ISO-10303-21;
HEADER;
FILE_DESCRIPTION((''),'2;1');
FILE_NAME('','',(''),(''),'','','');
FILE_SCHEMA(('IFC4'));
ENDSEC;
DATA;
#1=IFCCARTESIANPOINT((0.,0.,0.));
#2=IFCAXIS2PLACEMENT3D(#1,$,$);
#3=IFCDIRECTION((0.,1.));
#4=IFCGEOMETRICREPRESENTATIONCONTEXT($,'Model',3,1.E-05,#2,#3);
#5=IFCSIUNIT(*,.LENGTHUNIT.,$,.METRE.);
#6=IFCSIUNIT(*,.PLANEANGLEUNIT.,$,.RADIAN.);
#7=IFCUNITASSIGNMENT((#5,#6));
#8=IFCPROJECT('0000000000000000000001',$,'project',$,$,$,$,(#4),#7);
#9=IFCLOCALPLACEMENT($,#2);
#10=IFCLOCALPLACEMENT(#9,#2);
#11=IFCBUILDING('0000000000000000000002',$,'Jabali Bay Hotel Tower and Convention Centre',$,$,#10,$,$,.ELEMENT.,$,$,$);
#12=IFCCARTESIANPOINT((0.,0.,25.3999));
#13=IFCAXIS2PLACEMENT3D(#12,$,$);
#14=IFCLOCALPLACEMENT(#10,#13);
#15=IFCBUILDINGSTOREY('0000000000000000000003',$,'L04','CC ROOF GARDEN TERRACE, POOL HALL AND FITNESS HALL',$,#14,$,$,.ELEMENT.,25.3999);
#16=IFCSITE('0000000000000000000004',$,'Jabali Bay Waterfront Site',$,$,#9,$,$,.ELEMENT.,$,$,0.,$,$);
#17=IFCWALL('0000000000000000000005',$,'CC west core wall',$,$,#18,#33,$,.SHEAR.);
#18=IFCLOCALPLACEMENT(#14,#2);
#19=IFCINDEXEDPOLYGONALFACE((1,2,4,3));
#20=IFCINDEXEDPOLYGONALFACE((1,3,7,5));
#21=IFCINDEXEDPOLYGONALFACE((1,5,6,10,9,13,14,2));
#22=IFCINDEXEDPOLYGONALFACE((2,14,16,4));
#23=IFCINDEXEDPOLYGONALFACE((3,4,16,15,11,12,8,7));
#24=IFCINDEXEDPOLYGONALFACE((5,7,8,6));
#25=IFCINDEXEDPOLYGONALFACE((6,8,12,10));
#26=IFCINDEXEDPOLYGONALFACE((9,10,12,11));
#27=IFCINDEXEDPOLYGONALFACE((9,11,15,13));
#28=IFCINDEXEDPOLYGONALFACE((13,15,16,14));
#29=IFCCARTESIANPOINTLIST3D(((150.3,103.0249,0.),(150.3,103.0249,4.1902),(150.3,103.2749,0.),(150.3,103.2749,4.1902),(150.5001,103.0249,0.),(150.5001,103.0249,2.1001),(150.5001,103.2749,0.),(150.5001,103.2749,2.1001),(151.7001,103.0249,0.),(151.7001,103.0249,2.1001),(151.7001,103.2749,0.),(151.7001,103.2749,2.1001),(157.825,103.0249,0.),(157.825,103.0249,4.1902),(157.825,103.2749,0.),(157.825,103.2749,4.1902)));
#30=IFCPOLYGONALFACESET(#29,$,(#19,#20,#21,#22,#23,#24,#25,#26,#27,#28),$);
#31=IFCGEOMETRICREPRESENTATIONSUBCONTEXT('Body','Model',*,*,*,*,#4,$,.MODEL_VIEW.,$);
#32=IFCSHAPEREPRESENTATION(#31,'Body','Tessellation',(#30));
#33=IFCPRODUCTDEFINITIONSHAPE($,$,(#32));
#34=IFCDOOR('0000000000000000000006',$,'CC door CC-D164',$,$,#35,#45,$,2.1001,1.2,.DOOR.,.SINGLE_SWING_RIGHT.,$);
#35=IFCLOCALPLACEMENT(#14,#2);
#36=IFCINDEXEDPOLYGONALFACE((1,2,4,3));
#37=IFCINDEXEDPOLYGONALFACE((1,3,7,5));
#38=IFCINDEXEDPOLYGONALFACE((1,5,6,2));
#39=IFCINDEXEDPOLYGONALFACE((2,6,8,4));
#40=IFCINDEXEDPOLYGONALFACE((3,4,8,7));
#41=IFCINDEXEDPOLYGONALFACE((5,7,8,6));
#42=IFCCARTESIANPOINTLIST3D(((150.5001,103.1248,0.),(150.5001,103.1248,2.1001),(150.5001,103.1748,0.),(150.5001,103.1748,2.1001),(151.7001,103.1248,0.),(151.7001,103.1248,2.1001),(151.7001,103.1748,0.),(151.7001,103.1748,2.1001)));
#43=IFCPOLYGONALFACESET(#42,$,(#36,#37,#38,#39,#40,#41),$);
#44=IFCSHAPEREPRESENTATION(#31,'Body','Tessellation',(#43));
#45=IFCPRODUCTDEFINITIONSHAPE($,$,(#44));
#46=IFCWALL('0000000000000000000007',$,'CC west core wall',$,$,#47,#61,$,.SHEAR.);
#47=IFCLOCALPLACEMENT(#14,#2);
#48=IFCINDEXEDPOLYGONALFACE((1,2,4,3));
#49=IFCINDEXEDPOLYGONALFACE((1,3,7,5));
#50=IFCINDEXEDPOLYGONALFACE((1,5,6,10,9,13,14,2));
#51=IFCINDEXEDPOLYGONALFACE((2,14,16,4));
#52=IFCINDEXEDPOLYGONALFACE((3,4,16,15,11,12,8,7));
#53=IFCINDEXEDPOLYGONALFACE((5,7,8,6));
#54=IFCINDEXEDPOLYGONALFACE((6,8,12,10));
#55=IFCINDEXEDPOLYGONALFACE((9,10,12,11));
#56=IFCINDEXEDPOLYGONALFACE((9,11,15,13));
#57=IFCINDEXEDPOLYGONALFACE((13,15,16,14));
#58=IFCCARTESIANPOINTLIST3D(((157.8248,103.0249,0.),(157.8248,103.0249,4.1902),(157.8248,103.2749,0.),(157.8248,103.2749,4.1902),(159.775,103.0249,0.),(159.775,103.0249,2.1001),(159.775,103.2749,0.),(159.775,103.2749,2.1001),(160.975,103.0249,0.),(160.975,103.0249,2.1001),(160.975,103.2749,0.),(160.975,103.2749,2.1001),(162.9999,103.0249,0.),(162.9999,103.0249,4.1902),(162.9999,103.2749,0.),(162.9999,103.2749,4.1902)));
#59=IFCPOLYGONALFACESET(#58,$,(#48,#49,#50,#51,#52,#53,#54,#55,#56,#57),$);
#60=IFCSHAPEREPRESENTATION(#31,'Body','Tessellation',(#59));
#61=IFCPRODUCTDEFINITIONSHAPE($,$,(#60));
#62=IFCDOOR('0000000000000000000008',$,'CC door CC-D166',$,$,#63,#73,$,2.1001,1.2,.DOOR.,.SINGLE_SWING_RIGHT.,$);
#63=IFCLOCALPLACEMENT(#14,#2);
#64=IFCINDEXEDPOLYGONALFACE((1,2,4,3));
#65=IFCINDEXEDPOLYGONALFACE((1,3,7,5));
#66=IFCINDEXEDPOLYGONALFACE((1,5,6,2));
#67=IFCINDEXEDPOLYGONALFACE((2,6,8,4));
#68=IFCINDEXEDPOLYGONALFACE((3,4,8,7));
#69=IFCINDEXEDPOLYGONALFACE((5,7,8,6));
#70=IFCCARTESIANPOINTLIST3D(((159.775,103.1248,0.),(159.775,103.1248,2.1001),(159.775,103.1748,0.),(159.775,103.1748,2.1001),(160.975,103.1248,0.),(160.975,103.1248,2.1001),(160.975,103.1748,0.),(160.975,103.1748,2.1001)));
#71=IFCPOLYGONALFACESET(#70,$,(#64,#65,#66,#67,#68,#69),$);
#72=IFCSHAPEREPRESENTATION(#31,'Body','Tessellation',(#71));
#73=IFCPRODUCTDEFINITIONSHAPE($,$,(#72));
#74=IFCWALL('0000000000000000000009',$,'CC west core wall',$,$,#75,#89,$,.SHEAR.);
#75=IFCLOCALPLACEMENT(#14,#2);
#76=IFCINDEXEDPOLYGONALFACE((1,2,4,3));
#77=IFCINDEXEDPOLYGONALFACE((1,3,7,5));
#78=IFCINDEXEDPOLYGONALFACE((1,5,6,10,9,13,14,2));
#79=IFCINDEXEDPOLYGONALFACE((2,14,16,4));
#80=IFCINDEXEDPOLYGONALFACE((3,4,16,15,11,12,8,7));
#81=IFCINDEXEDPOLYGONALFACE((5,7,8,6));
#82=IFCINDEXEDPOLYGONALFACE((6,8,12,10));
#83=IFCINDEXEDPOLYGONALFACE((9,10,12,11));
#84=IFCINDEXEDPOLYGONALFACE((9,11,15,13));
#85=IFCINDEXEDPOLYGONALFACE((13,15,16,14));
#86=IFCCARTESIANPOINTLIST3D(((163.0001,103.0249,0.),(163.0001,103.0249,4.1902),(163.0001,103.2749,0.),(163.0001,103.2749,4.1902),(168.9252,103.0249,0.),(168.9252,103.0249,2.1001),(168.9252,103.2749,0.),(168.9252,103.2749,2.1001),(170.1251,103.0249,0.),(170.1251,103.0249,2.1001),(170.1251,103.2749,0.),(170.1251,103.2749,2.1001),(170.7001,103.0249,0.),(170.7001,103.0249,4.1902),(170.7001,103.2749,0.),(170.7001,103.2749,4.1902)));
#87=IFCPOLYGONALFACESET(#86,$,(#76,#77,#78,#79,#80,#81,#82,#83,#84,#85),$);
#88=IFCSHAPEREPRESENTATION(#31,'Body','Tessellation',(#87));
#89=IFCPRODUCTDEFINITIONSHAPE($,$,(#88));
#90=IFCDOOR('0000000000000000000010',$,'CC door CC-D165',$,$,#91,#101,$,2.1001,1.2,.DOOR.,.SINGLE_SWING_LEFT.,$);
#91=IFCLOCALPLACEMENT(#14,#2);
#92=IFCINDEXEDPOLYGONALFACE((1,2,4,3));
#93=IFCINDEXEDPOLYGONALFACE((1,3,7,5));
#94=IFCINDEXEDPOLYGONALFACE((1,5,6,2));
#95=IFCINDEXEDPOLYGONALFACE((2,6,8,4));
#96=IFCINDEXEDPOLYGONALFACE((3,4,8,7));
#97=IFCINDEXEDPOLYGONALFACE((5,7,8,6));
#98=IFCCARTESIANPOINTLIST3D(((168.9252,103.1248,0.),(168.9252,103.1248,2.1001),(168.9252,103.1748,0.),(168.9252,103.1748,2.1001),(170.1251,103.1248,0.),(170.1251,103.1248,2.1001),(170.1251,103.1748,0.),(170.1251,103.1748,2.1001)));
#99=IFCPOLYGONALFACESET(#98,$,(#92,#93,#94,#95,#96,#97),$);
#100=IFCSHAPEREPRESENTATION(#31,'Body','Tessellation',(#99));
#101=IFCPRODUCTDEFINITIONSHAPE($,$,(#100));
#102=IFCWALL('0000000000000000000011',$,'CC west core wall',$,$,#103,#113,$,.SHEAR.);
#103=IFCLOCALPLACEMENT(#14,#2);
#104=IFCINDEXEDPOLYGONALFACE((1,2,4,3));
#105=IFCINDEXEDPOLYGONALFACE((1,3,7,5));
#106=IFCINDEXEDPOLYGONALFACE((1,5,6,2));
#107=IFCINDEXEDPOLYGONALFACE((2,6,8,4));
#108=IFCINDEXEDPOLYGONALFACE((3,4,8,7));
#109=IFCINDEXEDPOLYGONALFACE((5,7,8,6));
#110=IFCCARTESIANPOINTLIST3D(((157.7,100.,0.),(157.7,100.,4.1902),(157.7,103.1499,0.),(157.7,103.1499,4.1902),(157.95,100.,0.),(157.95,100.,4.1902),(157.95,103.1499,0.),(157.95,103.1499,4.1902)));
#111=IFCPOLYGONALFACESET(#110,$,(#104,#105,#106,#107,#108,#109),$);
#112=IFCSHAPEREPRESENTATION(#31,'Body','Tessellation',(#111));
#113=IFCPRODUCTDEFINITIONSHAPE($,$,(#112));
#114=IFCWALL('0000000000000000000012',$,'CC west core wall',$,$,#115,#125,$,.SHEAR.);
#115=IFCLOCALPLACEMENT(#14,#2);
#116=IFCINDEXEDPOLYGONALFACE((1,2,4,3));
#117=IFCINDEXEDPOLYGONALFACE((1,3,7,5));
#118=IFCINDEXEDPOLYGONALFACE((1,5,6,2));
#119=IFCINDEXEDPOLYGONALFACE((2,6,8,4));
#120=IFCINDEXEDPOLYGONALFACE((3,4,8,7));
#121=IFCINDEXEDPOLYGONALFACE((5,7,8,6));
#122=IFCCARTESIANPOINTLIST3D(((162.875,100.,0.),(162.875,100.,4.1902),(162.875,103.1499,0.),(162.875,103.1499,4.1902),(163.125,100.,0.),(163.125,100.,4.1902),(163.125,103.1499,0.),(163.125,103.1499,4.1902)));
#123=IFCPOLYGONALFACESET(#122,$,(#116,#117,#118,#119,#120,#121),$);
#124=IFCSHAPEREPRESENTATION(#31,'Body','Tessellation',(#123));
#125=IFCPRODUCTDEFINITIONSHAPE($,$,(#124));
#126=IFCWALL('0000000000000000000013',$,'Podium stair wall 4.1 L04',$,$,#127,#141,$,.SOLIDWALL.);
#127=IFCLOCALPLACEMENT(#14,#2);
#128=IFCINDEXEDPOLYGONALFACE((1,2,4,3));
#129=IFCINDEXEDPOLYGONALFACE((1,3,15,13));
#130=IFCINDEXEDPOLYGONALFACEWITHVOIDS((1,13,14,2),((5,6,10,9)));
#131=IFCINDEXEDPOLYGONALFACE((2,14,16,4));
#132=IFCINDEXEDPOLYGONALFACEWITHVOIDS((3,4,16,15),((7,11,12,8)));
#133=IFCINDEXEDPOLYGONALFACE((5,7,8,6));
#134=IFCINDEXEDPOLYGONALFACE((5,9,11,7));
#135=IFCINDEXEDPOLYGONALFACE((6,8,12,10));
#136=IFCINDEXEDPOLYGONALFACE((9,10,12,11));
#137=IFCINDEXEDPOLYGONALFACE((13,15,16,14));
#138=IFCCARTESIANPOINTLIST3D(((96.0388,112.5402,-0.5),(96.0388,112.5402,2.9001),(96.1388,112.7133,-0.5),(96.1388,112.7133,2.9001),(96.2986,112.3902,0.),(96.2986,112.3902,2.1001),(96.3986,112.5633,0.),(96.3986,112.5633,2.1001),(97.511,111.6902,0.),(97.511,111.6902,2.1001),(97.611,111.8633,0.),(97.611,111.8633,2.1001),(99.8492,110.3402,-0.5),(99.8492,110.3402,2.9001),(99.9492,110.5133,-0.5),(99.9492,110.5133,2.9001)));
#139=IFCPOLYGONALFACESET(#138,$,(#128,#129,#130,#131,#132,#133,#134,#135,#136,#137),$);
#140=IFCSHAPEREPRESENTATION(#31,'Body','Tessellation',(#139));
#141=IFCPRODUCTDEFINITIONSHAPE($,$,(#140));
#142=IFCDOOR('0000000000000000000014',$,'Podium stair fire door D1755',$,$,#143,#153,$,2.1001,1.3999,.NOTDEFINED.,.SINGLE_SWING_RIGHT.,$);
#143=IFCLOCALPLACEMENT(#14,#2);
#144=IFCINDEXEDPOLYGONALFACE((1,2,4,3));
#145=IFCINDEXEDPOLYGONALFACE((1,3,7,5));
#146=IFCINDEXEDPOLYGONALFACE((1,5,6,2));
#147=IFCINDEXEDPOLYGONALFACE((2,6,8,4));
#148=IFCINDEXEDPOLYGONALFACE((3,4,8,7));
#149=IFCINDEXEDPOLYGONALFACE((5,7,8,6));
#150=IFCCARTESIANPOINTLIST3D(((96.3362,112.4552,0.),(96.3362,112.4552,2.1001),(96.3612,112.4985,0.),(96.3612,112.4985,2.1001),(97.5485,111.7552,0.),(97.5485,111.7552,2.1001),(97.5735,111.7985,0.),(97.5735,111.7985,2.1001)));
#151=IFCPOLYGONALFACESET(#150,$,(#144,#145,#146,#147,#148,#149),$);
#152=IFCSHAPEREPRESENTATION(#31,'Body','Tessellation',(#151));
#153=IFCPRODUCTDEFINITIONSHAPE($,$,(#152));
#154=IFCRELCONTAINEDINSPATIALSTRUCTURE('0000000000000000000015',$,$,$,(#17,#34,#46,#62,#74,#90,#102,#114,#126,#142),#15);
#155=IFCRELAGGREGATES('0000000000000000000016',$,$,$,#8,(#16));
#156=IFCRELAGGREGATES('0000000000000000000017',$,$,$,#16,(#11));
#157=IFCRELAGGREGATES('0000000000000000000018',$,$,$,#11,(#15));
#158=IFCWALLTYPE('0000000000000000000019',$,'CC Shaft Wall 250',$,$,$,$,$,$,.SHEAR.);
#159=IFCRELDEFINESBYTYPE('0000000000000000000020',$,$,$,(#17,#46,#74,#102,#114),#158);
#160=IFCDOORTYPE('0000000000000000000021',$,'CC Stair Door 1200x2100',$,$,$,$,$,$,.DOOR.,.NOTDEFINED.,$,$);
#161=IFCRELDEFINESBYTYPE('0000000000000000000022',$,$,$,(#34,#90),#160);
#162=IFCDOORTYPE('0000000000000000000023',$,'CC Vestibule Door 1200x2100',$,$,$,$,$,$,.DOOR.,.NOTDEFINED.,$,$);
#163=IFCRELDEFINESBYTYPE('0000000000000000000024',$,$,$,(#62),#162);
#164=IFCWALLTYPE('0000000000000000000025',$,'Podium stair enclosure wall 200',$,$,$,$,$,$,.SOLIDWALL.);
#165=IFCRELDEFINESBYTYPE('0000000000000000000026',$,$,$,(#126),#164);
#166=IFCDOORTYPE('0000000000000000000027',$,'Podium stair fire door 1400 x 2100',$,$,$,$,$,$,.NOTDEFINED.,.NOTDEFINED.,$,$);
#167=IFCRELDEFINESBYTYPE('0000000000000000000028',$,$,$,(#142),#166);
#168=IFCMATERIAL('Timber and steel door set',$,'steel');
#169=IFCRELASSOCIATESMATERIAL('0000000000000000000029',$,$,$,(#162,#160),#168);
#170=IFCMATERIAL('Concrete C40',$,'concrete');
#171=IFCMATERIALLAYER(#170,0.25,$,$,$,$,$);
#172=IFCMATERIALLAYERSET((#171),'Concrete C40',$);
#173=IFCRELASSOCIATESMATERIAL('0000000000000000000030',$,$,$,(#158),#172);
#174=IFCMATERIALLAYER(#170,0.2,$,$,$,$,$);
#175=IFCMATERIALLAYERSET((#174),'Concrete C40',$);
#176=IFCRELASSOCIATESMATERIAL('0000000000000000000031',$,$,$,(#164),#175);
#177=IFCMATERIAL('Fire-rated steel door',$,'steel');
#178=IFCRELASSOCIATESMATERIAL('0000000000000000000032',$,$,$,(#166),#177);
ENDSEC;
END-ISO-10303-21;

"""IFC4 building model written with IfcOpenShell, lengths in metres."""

from ifc_helpers import new_model, si_unit, direction, frame, frame_2d, origin, place, context, subcontext, project, spatial, rectangle, extrude, material, layer, layer_set, type_object, element, fill, save


model = new_model("IFC4")

# Units and contexts
model_context = context("Model", 3, precision=1e-05, world=origin(), true_north=direction((0.0, 1.0)))
body_context = subcontext(model_context, "Body", "Model", "MODEL_VIEW")
ifc_project = project(units=[si_unit("LENGTHUNIT", "METRE"), si_unit("PLANEANGLEUNIT", "RADIAN")], contexts=[model_context])

# Site, building, storey
site_placement = place(None, origin())
site = spatial("IfcSite", under=ifc_project, at=site_placement, Name="Jabali Bay Waterfront Site", CompositionType="ELEMENT", RefElevation=0.0)
building_placement = place(site_placement, origin())
building = spatial("IfcBuilding", under=site, at=building_placement, Name="Jabali Bay Hotel Tower and Convention Centre", CompositionType="ELEMENT")
storey_placement = place(building_placement, frame((0.0, 0.0, 25.3999)))
storey = spatial("IfcBuildingStorey", under=building, at=storey_placement, Name="L04", Description="CC ROOF GARDEN TERRACE, POOL HALL AND FITNESS HALL", CompositionType="ELEMENT", Elevation=25.3999)

# Shared definitions
ifc_material_1 = material(Name="Timber and steel door set", Category="steel")
door_type_1 = type_object("IfcDoorType", Name="CC Vestibule Door 1200x2100", OperationType="NOTDEFINED", PredefinedType="DOOR", material=ifc_material_1)

# Shared definitions
ifc_material_2 = material(Name="Concrete C40", Category="concrete")

# Walls, openings, doors
ifc_layer_1 = layer(ifc_material_2, 0.25)
ifc_layer_set_1 = layer_set([ifc_layer_1], Name="Concrete C40")
wall_type_1 = type_object("IfcWallType", Name="CC Shaft Wall 250", PredefinedType="SHEAR", material=ifc_layer_set_1)
wall_1_placement = place(storey_placement, frame((150.3, 103.1499, 0.0), z_axis=(0.0, 0.0, 1.0), x_axis=(1.0, 0.0, 0.0)))
wall_1 = element("IfcWall", 1, at=wall_1_placement, inside=storey, type_object=wall_type_1, Name="CC west core wall", PredefinedType="SHEAR", context=body_context, shape_type="SweptSolid", body=[
    extrude(rectangle(XDim=7.5249, YDim=0.25, at=frame_2d((3.7625, 0.0))), origin(), (0.0, 0.0, 1.0), 4.1902),
])
opening_1_placement = place(wall_1_placement, frame((0.2, 0.0, 0.0)))
opening_1 = element("IfcOpeningElement", 2, at=opening_1_placement, cuts=wall_1, PredefinedType="OPENING", context=body_context, shape_type="SweptSolid", body=[
    extrude(rectangle(XDim=1.2, YDim=2.1001, at=frame_2d((0.6001, 1.05))), frame((0.0, 0.1355, 0.0), z_axis=(0.0, -1.0, 0.0), x_axis=(1.0, 0.0, 0.0)), (0.0, 0.0, 1.0), 0.271),
])
door_type_2 = type_object("IfcDoorType", Name="CC Stair Door 1200x2100", OperationType="NOTDEFINED", PredefinedType="DOOR", material=ifc_material_1)
door_1_placement = place(opening_1_placement, origin())
door_1 = element("IfcDoor", 3, at=door_1_placement, inside=storey, type_object=door_type_2, Name="CC door CC-D164", OperationType="SINGLE_SWING_RIGHT", OverallHeight=2.1001, OverallWidth=1.2, PredefinedType="DOOR", context=body_context, shape_type="SweptSolid", body=[
    extrude(rectangle(XDim=1.2, YDim=2.1001, at=frame_2d((0.6001, 1.05))), frame((0.0, 0.0249, 0.0), z_axis=(0.0, -1.0, 0.0), x_axis=(1.0, 0.0, 0.0)), (0.0, 0.0, 1.0), 0.05),
])
fill(opening_1, door_1)
wall_2_placement = place(storey_placement, frame((157.825, 103.1499, 0.0), z_axis=(0.0, 0.0, 1.0), x_axis=(1.0, 0.0, 0.0)))
wall_2 = element("IfcWall", 4, at=wall_2_placement, inside=storey, type_object=wall_type_1, Name="CC west core wall", PredefinedType="SHEAR", context=body_context, shape_type="SweptSolid", body=[
    extrude(rectangle(XDim=5.175, YDim=0.25, at=frame_2d((2.5874, 0.0))), origin(), (0.0, 0.0, 1.0), 4.1902),
])
opening_2_placement = place(wall_2_placement, frame((1.95, 0.0, 0.0)))
opening_2 = element("IfcOpeningElement", 5, at=opening_2_placement, cuts=wall_2, PredefinedType="OPENING", context=body_context, shape_type="SweptSolid", body=[
    extrude(rectangle(XDim=1.2, YDim=2.1001, at=frame_2d((0.6001, 1.05))), frame((0.0, 0.1355, 0.0), z_axis=(0.0, -1.0, 0.0), x_axis=(1.0, 0.0, 0.0)), (0.0, 0.0, 1.0), 0.271),
])
door_2_placement = place(opening_2_placement, origin())
door_2 = element("IfcDoor", 6, at=door_2_placement, inside=storey, type_object=door_type_1, Name="CC door CC-D166", OperationType="SINGLE_SWING_RIGHT", OverallHeight=2.1001, OverallWidth=1.2, PredefinedType="DOOR", context=body_context, shape_type="SweptSolid", body=[
    extrude(rectangle(XDim=1.2, YDim=2.1001, at=frame_2d((0.6001, 1.05))), frame((0.0, 0.0249, 0.0), z_axis=(0.0, -1.0, 0.0), x_axis=(1.0, 0.0, 0.0)), (0.0, 0.0, 1.0), 0.05),
])
fill(opening_2, door_2)
wall_3_placement = place(storey_placement, frame((163.0, 103.1499, 0.0), z_axis=(0.0, 0.0, 1.0), x_axis=(1.0, 0.0, 0.0)))
wall_3 = element("IfcWall", 7, at=wall_3_placement, inside=storey, type_object=wall_type_1, Name="CC west core wall", PredefinedType="SHEAR", context=body_context, shape_type="SweptSolid", body=[
    extrude(rectangle(XDim=7.7, YDim=0.25, at=frame_2d((3.8501, 0.0))), origin(), (0.0, 0.0, 1.0), 4.1902),
])
opening_3_placement = place(wall_3_placement, frame((5.925, 0.0, 0.0)))
opening_3 = element("IfcOpeningElement", 8, at=opening_3_placement, cuts=wall_3, PredefinedType="OPENING", context=body_context, shape_type="SweptSolid", body=[
    extrude(rectangle(XDim=1.2, YDim=2.1001, at=frame_2d((0.6001, 1.05))), frame((0.0, 0.1355, 0.0), z_axis=(0.0, -1.0, 0.0), x_axis=(1.0, 0.0, 0.0)), (0.0, 0.0, 1.0), 0.271),
])
door_3_placement = place(opening_3_placement, origin())
door_3 = element("IfcDoor", 9, at=door_3_placement, inside=storey, type_object=door_type_2, Name="CC door CC-D165", OperationType="SINGLE_SWING_LEFT", OverallHeight=2.1001, OverallWidth=1.2, PredefinedType="DOOR", context=body_context, shape_type="SweptSolid", body=[
    extrude(rectangle(XDim=1.2, YDim=2.1001, at=frame_2d((0.6001, 1.05))), frame((0.0, 0.0249, 0.0), z_axis=(0.0, -1.0, 0.0), x_axis=(1.0, 0.0, 0.0)), (0.0, 0.0, 1.0), 0.05),
])
fill(opening_3, door_3)

# Walls
for number, where, z_axis, x_axis, name in (
    (10, (157.825, 100.0, 0.0), (0.0, 0.0, 1.0), (0.0, 1.0, 0.0), "CC west core wall"),
    (11, (163.0, 100.0, 0.0), (0.0, 0.0, 1.0), (0.0, 1.0, 0.0), "CC west core wall"),
):
    element("IfcWall", number, at=place(storey_placement, frame(where, z_axis=z_axis, x_axis=x_axis)), inside=storey, type_object=wall_type_1, Name=name, PredefinedType="SHEAR", context=body_context, shape_type="SweptSolid", body=[
        extrude(rectangle(XDim=3.1499, YDim=0.25, at=frame_2d((1.575, 0.0))), origin(), (0.0, 0.0, 1.0), 4.1902),
    ])

# Wall, opening, door
ifc_layer_2 = layer(ifc_material_2, 0.2)
ifc_layer_set_2 = layer_set([ifc_layer_2], Name="Concrete C40")
wall_type_2 = type_object("IfcWallType", Name="Podium stair enclosure wall 200", PredefinedType="SOLIDWALL", material=ifc_layer_set_2)
wall_4_placement = place(storey_placement, frame((99.8992, 110.4268, -0.5), z_axis=(0.0, 0.0, 1.0), x_axis=(-0.866018, 0.500012, 0.0)))
wall_4 = element("IfcWall", 12, at=wall_4_placement, inside=storey, type_object=wall_type_2, Name="Podium stair wall 4.1 L04", PredefinedType="SOLIDWALL", context=body_context, shape_type="SweptSolid", body=[
    extrude(rectangle(XDim=4.3999, YDim=0.2, at=frame_2d((2.2, 0.0))), origin(), (0.0, 0.0, 1.0), 3.4001),
])
opening_4_placement = place(wall_4_placement, frame((2.7, 0.0, 0.5)))
opening_4 = element("IfcOpeningElement", 13, at=opening_4_placement, cuts=wall_4, PredefinedType="OPENING", context=body_context, shape_type="SweptSolid", body=[
    extrude(rectangle(XDim=1.3999, YDim=2.1001, at=frame_2d((0.7, 1.05))), frame((0.0, 0.1104, 0.0), z_axis=(0.0, -1.0, 0.0), x_axis=(1.0, 0.0, 0.0)), (0.0, 0.0, 1.0), 0.2209),
])
ifc_material_3 = material(Name="Fire-rated steel door", Category="steel")
door_type_3 = type_object("IfcDoorType", Name="Podium stair fire door 1400 x 2100", OperationType="NOTDEFINED", PredefinedType="NOTDEFINED", material=ifc_material_3)
door_4_placement = place(opening_4_placement, origin())
door_4 = element("IfcDoor", 14, at=door_4_placement, inside=storey, type_object=door_type_3, Name="Podium stair fire door D1755", OperationType="SINGLE_SWING_RIGHT", OverallHeight=2.1001, OverallWidth=1.3999, PredefinedType="NOTDEFINED", context=body_context, shape_type="SweptSolid", body=[
    extrude(rectangle(XDim=1.3999, YDim=2.1001, at=frame_2d((0.7, 1.05))), frame((0.0, 0.0249, 0.0), z_axis=(0.0, -1.0, 0.0), x_axis=(1.0, 0.0, 0.0)), (0.0, 0.0, 1.0), 0.05),
])
fill(opening_4, door_4)

save(model, "model.ifc")
